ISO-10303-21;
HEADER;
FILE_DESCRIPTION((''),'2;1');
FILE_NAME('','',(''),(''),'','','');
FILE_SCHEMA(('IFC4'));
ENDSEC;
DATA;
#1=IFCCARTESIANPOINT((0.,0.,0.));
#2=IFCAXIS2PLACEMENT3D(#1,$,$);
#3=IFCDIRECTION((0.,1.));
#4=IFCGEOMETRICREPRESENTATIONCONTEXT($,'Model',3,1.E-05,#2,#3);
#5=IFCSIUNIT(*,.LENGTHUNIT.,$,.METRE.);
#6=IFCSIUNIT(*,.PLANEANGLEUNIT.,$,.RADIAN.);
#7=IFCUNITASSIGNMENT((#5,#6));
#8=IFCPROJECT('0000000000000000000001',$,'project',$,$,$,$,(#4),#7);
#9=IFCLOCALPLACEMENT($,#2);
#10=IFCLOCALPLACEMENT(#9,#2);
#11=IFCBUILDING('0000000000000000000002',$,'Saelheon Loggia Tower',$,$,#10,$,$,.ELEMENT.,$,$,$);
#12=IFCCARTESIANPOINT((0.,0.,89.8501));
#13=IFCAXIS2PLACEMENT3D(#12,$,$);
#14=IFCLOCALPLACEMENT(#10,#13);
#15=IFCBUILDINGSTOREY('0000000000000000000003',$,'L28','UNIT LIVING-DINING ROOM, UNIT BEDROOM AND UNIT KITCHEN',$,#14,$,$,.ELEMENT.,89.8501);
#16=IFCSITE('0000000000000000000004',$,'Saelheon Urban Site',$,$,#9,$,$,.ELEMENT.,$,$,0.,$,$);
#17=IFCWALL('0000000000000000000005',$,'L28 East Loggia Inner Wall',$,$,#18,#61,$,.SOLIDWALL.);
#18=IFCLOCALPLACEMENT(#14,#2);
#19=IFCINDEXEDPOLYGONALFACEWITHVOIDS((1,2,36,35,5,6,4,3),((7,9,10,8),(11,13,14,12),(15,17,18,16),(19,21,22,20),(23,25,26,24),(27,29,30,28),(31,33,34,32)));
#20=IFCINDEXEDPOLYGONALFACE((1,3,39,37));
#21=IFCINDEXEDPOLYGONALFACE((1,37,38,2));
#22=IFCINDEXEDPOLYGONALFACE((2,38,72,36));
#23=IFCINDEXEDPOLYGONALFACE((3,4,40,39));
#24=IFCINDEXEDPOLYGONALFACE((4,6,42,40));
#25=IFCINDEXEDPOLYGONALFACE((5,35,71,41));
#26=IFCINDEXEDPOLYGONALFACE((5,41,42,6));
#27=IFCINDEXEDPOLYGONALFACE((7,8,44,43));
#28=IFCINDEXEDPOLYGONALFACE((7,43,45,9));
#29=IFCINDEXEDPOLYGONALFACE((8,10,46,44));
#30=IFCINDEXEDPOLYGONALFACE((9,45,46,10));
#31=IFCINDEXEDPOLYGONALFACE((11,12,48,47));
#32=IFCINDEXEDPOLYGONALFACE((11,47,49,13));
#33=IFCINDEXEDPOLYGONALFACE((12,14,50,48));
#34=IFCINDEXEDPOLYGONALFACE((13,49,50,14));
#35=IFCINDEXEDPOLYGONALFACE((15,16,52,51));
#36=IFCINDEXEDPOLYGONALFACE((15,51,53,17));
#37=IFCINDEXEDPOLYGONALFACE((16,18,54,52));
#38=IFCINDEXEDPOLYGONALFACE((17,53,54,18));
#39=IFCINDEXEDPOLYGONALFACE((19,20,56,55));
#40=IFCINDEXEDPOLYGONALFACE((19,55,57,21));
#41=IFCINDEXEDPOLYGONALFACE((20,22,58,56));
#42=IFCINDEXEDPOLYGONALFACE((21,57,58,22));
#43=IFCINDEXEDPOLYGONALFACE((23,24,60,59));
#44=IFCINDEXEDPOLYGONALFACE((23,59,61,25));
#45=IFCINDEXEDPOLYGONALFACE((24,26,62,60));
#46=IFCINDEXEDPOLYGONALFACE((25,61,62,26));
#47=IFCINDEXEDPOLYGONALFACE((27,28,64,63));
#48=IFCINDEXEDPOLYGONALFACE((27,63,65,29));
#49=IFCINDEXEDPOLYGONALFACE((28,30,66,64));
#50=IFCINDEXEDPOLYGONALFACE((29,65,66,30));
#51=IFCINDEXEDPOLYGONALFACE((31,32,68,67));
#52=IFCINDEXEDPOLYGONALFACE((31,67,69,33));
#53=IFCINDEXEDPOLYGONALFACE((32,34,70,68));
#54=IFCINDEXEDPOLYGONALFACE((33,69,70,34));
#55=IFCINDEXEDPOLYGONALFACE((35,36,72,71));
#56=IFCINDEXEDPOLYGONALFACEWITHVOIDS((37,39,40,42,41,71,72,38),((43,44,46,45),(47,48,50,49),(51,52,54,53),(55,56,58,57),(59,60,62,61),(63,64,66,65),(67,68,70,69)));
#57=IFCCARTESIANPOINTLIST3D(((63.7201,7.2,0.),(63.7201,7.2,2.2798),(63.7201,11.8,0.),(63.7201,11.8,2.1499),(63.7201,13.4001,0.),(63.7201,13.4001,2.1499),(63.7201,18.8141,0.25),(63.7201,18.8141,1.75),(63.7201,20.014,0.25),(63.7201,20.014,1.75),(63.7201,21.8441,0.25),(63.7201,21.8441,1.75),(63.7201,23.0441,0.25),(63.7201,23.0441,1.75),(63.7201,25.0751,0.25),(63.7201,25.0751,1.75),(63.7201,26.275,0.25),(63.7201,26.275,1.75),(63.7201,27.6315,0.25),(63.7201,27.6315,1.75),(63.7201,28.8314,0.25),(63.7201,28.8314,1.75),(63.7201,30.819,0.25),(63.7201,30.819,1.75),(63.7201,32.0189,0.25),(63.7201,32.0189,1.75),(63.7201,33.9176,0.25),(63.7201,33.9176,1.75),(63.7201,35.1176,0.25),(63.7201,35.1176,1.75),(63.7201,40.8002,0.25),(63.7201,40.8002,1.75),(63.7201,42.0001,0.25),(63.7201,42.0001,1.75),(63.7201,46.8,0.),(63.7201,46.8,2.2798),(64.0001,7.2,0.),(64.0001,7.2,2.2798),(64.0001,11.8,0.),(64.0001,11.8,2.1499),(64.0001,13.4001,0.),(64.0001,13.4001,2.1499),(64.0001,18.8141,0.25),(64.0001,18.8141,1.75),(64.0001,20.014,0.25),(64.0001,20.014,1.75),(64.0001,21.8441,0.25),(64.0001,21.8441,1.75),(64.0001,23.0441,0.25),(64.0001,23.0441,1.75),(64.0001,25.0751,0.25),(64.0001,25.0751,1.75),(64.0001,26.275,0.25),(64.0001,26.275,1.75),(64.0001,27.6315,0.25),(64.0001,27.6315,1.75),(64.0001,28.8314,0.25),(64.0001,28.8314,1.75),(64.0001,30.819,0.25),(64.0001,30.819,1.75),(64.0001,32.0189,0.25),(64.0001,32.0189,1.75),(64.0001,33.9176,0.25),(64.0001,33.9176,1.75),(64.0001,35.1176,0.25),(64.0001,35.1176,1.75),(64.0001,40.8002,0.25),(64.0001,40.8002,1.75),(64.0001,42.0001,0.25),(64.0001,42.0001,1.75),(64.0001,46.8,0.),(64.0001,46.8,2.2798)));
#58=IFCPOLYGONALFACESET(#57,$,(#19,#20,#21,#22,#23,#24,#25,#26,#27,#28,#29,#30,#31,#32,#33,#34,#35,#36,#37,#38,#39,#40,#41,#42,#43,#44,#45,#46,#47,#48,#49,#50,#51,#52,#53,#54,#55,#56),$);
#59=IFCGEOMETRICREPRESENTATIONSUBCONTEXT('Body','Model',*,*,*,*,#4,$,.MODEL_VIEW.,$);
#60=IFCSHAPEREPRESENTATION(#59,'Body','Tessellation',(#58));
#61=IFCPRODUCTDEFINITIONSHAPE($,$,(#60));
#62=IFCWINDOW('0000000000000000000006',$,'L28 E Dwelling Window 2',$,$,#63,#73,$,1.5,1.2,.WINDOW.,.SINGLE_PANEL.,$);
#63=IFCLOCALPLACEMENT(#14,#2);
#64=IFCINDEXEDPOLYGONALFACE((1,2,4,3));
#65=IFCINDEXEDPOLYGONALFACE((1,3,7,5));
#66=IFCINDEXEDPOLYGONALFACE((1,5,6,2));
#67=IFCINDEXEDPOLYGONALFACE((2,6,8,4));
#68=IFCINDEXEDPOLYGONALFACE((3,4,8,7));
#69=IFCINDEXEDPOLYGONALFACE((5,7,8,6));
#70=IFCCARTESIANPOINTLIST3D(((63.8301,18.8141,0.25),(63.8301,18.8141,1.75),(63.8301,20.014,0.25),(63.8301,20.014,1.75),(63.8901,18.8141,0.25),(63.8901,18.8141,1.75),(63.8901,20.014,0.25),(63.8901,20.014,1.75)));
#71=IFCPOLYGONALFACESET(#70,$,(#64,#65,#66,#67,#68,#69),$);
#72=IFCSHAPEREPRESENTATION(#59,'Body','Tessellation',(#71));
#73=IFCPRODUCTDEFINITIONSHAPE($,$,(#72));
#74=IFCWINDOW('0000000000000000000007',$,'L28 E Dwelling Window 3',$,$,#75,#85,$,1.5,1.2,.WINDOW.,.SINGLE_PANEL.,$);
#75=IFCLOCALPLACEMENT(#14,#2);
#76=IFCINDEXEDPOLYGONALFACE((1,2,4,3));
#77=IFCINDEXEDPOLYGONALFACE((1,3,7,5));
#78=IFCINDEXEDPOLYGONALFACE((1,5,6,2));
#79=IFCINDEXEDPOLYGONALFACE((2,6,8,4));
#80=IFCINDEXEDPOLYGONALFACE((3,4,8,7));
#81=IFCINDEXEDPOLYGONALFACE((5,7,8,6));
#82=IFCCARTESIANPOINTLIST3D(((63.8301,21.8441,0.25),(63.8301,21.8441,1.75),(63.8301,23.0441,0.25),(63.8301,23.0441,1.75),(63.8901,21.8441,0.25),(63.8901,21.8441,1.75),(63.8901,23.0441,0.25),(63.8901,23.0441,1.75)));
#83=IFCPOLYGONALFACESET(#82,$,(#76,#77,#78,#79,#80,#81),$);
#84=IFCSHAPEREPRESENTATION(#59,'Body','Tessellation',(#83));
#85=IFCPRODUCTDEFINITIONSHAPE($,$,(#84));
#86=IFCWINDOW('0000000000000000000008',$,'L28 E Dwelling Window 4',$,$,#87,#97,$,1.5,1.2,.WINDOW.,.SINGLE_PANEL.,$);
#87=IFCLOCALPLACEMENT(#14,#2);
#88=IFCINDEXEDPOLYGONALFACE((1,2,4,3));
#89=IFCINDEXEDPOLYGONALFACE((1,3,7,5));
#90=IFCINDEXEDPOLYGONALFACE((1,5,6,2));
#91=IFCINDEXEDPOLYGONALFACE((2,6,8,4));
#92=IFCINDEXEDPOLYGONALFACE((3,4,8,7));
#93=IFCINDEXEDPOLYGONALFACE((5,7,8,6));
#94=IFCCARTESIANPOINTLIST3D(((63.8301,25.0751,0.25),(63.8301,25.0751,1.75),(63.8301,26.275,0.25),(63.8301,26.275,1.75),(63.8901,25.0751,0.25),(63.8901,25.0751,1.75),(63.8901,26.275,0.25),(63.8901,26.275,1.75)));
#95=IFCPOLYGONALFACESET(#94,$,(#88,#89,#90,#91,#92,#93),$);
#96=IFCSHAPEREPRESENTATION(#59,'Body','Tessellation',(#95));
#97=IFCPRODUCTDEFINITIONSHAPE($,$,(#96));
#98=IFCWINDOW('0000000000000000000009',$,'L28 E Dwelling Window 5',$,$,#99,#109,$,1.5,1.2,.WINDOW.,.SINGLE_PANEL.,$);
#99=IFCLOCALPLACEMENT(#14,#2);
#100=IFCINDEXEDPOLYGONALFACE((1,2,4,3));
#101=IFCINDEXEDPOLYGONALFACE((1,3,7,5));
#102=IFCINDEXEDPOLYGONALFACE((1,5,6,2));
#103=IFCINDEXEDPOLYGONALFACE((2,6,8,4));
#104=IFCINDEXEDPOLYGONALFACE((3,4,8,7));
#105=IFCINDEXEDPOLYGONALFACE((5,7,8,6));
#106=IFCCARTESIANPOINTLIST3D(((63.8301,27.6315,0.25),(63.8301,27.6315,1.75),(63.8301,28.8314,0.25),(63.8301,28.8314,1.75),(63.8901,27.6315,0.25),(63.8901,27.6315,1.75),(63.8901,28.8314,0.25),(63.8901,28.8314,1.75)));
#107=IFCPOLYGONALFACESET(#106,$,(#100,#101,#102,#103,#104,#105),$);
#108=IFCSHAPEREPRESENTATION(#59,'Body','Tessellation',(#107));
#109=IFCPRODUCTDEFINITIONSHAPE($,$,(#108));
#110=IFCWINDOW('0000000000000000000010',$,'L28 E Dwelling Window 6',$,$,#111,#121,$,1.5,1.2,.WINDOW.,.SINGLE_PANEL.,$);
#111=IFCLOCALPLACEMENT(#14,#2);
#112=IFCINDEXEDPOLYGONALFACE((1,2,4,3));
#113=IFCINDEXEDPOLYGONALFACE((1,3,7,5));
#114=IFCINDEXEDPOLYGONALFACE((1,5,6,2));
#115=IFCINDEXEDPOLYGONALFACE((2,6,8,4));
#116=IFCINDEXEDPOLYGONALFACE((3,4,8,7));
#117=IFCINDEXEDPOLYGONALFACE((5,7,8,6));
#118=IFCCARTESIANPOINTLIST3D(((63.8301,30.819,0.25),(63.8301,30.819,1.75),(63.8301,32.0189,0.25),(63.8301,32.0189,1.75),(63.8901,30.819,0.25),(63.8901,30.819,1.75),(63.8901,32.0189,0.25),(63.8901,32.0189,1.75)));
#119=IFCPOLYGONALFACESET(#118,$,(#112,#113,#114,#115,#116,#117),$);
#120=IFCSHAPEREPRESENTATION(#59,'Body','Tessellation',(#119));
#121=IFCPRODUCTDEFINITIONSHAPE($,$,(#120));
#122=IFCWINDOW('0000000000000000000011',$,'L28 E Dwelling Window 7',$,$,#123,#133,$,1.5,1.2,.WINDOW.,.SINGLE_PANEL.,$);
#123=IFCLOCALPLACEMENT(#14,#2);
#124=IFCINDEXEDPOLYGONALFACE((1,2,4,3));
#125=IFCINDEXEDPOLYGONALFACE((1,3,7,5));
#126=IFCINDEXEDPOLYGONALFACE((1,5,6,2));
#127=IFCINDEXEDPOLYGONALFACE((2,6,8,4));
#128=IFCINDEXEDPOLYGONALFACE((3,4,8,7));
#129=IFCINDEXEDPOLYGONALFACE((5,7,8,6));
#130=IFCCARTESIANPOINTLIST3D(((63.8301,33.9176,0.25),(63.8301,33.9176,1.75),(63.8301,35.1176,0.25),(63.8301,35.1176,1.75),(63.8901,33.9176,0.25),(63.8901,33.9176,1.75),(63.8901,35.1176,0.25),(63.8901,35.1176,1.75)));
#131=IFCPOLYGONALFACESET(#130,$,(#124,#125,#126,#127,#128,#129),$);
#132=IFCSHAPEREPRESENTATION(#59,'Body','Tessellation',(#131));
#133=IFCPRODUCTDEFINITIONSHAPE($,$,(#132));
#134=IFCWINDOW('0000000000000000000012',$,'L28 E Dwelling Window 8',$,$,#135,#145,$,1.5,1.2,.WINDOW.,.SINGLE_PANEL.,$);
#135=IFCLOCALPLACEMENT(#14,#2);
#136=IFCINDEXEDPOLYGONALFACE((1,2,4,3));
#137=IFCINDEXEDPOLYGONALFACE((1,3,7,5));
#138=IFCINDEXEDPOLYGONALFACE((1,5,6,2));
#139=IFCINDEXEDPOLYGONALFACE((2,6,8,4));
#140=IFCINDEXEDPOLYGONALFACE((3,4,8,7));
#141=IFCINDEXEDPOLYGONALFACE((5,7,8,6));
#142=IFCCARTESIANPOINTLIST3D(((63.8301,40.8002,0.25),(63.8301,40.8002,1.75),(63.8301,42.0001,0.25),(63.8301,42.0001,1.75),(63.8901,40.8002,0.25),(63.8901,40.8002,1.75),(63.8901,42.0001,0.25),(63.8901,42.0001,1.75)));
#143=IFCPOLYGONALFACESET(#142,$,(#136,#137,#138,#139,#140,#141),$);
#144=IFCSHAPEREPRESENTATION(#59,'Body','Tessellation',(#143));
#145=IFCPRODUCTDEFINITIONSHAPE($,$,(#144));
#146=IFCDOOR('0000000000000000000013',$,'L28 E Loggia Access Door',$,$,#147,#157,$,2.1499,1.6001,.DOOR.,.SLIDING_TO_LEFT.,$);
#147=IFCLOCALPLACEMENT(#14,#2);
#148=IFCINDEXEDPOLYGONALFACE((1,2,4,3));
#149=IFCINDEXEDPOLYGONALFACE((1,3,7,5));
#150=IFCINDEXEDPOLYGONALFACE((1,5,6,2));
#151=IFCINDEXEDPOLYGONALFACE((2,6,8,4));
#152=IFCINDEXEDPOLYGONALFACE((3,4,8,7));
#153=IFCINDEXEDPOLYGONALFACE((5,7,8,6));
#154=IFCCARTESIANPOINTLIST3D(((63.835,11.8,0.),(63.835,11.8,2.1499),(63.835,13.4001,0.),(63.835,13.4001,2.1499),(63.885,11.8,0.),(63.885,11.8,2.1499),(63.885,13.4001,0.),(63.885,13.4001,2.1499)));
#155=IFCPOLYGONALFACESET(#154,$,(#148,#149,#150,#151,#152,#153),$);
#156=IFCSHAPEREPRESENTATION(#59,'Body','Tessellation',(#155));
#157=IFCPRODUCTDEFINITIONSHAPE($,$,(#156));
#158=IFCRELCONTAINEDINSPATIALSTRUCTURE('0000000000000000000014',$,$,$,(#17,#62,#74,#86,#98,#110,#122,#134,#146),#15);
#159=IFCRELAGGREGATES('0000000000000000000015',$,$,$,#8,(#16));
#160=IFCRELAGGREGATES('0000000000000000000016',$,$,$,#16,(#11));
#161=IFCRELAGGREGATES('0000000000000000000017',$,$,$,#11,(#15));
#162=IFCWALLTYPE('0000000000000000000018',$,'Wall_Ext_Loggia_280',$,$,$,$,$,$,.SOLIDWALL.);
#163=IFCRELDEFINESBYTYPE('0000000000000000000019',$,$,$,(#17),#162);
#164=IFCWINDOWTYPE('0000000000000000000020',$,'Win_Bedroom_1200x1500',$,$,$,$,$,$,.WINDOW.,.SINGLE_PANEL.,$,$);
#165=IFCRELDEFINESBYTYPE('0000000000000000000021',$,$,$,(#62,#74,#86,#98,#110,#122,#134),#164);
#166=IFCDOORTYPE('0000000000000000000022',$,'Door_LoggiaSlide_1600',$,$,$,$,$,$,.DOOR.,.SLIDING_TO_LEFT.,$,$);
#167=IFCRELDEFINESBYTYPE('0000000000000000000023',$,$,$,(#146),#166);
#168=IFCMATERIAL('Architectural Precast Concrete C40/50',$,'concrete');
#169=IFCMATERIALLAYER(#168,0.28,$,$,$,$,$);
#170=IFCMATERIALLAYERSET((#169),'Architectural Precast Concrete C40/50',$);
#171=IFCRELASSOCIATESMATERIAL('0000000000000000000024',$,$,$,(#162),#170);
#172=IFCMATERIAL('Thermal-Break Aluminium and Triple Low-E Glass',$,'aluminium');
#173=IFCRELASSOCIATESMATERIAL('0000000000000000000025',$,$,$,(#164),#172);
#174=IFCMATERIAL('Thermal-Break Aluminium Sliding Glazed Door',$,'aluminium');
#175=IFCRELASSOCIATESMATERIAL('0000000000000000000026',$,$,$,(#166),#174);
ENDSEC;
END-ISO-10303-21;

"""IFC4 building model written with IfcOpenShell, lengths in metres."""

from ifc_helpers import new_model, si_unit, direction, frame, frame_2d, origin, place, context, subcontext, project, spatial, rectangle, extrude, source, transform, mapped, material, layer, layer_set, type_object, element, fill, save


model = new_model("IFC4")

# Units and contexts
model_context = context("Model", 3, precision=1e-05, world=origin(), true_north=direction((0.0, 1.0)))
body_context = subcontext(model_context, "Body", "Model", "MODEL_VIEW")
ifc_project = project(units=[si_unit("LENGTHUNIT", "METRE"), si_unit("PLANEANGLEUNIT", "RADIAN")], contexts=[model_context])

# Site, building, storey
site_placement = place(None, origin())
site = spatial("IfcSite", under=ifc_project, at=site_placement, Name="Saelheon Urban Site", CompositionType="ELEMENT", RefElevation=0.0)
building_placement = place(site_placement, origin())
building = spatial("IfcBuilding", under=site, at=building_placement, Name="Saelheon Loggia Tower", CompositionType="ELEMENT")
storey_placement = place(building_placement, frame((0.0, 0.0, 89.8501)))
storey = spatial("IfcBuildingStorey", under=building, at=storey_placement, Name="L28", Description="UNIT LIVING-DINING ROOM, UNIT BEDROOM AND UNIT KITCHEN", CompositionType="ELEMENT", Elevation=89.8501)

# Shared definitions
ifc_material_1 = material(Name="Thermal-Break Aluminium and Triple Low-E Glass", Category="aluminium")

# Wall, openings, windows, door
ifc_material_2 = material(Name="Architectural Precast Concrete C40/50", Category="concrete")
ifc_layer_1 = layer(ifc_material_2, 0.28)
ifc_layer_set_1 = layer_set([ifc_layer_1], Name="Architectural Precast Concrete C40/50")
wall_type_1 = type_object("IfcWallType", Name="Wall_Ext_Loggia_280", PredefinedType="SOLIDWALL", material=ifc_layer_set_1)
wall_1_placement = place(storey_placement, frame((63.8601, 7.2, 0.0), z_axis=(0.0, 0.0, 1.0), x_axis=(0.0, 1.0, 0.0)))
wall_1 = element("IfcWall", 1, at=wall_1_placement, inside=storey, type_object=wall_type_1, Name="L28 East Loggia Inner Wall", PredefinedType="SOLIDWALL", context=body_context, shape_type="SweptSolid", body=[
    extrude(rectangle(XDim=39.6001, YDim=0.28, at=frame_2d((19.8, 0.0))), origin(), (0.0, 0.0, 1.0), 2.2798),
])
opening_1_placement = place(wall_1_placement, frame((6.2002, 0.0, 0.0), z_axis=(0.0, 0.0, 1.0), x_axis=(-1.0, 0.0, 0.0)))
opening_1 = element("IfcOpeningElement", 2, at=opening_1_placement, cuts=wall_1, PredefinedType="OPENING", context=body_context, shape_type="SweptSolid", body=[
    extrude(rectangle(XDim=1.6001, YDim=2.1499, at=frame_2d((0.8, 1.075))), frame((0.0, 0.1521, 0.0), z_axis=(0.0, -1.0, 0.0), x_axis=(1.0, 0.0, 0.0)), (0.0, 0.0, 1.0), 0.304),
])
opening_2_placement = place(wall_1_placement, frame((11.614, 0.0, 0.25)))
opening_2 = element("IfcOpeningElement", 3, at=opening_2_placement, cuts=wall_1, PredefinedType="OPENING", context=body_context, shape_type="SweptSolid", body=[
    extrude(rectangle(XDim=1.2, YDim=1.5, at=frame_2d((0.6001, 0.75))), frame((0.0, 0.1521, 0.0), z_axis=(0.0, -1.0, 0.0), x_axis=(1.0, 0.0, 0.0)), (0.0, 0.0, 1.0), 0.304),
])
opening_3_placement = place(wall_1_placement, frame((14.644, 0.0, 0.25)))
opening_3 = element("IfcOpeningElement", 4, at=opening_3_placement, cuts=wall_1, PredefinedType="OPENING", context=body_context, shape_type="SweptSolid", body=[
    extrude(rectangle(XDim=1.2, YDim=1.5, at=frame_2d((0.6001, 0.75))), frame((0.0, 0.1521, 0.0), z_axis=(0.0, -1.0, 0.0), x_axis=(1.0, 0.0, 0.0)), (0.0, 0.0, 1.0), 0.304),
])
opening_4_placement = place(wall_1_placement, frame((17.875, 0.0, 0.25)))
opening_4 = element("IfcOpeningElement", 5, at=opening_4_placement, cuts=wall_1, PredefinedType="OPENING", context=body_context, shape_type="SweptSolid", body=[
    extrude(rectangle(XDim=1.2, YDim=1.5, at=frame_2d((0.6001, 0.75))), frame((0.0, 0.1521, 0.0), z_axis=(0.0, -1.0, 0.0), x_axis=(1.0, 0.0, 0.0)), (0.0, 0.0, 1.0), 0.304),
])
opening_5_placement = place(wall_1_placement, frame((20.4314, 0.0, 0.25)))
opening_5 = element("IfcOpeningElement", 6, at=opening_5_placement, cuts=wall_1, PredefinedType="OPENING", context=body_context, shape_type="SweptSolid", body=[
    extrude(rectangle(XDim=1.2, YDim=1.5, at=frame_2d((0.6001, 0.75))), frame((0.0, 0.1521, 0.0), z_axis=(0.0, -1.0, 0.0), x_axis=(1.0, 0.0, 0.0)), (0.0, 0.0, 1.0), 0.304),
])
opening_6_placement = place(wall_1_placement, frame((23.6189, 0.0, 0.25)))
opening_6 = element("IfcOpeningElement", 7, at=opening_6_placement, cuts=wall_1, PredefinedType="OPENING", context=body_context, shape_type="SweptSolid", body=[
    extrude(rectangle(XDim=1.2, YDim=1.5, at=frame_2d((0.6001, 0.75))), frame((0.0, 0.1521, 0.0), z_axis=(0.0, -1.0, 0.0), x_axis=(1.0, 0.0, 0.0)), (0.0, 0.0, 1.0), 0.304),
])
opening_7_placement = place(wall_1_placement, frame((26.7175, 0.0, 0.25)))
opening_7 = element("IfcOpeningElement", 8, at=opening_7_placement, cuts=wall_1, PredefinedType="OPENING", context=body_context, shape_type="SweptSolid", body=[
    extrude(rectangle(XDim=1.2, YDim=1.5, at=frame_2d((0.6001, 0.75))), frame((0.0, 0.1521, 0.0), z_axis=(0.0, -1.0, 0.0), x_axis=(1.0, 0.0, 0.0)), (0.0, 0.0, 1.0), 0.304),
])
opening_8_placement = place(wall_1_placement, frame((33.6001, 0.0, 0.25)))
opening_8 = element("IfcOpeningElement", 9, at=opening_8_placement, cuts=wall_1, PredefinedType="OPENING", context=body_context, shape_type="SweptSolid", body=[
    extrude(rectangle(XDim=1.2, YDim=1.5, at=frame_2d((0.6001, 0.75))), frame((0.0, 0.1521, 0.0), z_axis=(0.0, -1.0, 0.0), x_axis=(1.0, 0.0, 0.0)), (0.0, 0.0, 1.0), 0.304),
])
window_type = type_object("IfcWindowType", Name="Win_Bedroom_1200x1500", PartitioningType="SINGLE_PANEL", PredefinedType="WINDOW", material=ifc_material_1)
shared_shape_1 = source(origin(), body_context, "Body", "SweptSolid", [
    extrude(rectangle(XDim=1.2, YDim=1.5, at=frame_2d((0.6001, 0.75))), frame((0.0, 0.03, 0.0), z_axis=(0.0, -1.0, 0.0), x_axis=(1.0, 0.0, 0.0)), (0.0, 0.0, 1.0), 0.0601),
])
window_1_placement = place(opening_2_placement, origin())
window_1 = element("IfcWindow", 10, at=window_1_placement, inside=storey, type_object=window_type, Name="L28 E Dwelling Window 2", OverallHeight=1.5, OverallWidth=1.2, PartitioningType="SINGLE_PANEL", PredefinedType="WINDOW", context=body_context, shape_type="MappedRepresentation", body=[
    mapped(shared_shape_1, transform((0.0, 0.0, 0.0), scale=1.0)),
])
fill(opening_2, window_1)
window_2_placement = place(opening_3_placement, origin())
window_2 = element("IfcWindow", 11, at=window_2_placement, inside=storey, type_object=window_type, Name="L28 E Dwelling Window 3", OverallHeight=1.5, OverallWidth=1.2, PartitioningType="SINGLE_PANEL", PredefinedType="WINDOW", context=body_context, shape_type="MappedRepresentation", body=[
    mapped(shared_shape_1, transform((0.0, 0.0, 0.0), scale=1.0)),
])
fill(opening_3, window_2)
window_3_placement = place(opening_4_placement, origin())
window_3 = element("IfcWindow", 12, at=window_3_placement, inside=storey, type_object=window_type, Name="L28 E Dwelling Window 4", OverallHeight=1.5, OverallWidth=1.2, PartitioningType="SINGLE_PANEL", PredefinedType="WINDOW", context=body_context, shape_type="MappedRepresentation", body=[
    mapped(shared_shape_1, transform((0.0, 0.0, 0.0), scale=1.0)),
])
fill(opening_4, window_3)
window_4_placement = place(opening_5_placement, origin())
window_4 = element("IfcWindow", 13, at=window_4_placement, inside=storey, type_object=window_type, Name="L28 E Dwelling Window 5", OverallHeight=1.5, OverallWidth=1.2, PartitioningType="SINGLE_PANEL", PredefinedType="WINDOW", context=body_context, shape_type="MappedRepresentation", body=[
    mapped(shared_shape_1, transform((0.0, 0.0, 0.0), scale=1.0)),
])
fill(opening_5, window_4)
window_5_placement = place(opening_6_placement, origin())
window_5 = element("IfcWindow", 14, at=window_5_placement, inside=storey, type_object=window_type, Name="L28 E Dwelling Window 6", OverallHeight=1.5, OverallWidth=1.2, PartitioningType="SINGLE_PANEL", PredefinedType="WINDOW", context=body_context, shape_type="MappedRepresentation", body=[
    mapped(shared_shape_1, transform((0.0, 0.0, 0.0), scale=1.0)),
])
fill(opening_6, window_5)
window_6_placement = place(opening_7_placement, origin())
window_6 = element("IfcWindow", 15, at=window_6_placement, inside=storey, type_object=window_type, Name="L28 E Dwelling Window 7", OverallHeight=1.5, OverallWidth=1.2, PartitioningType="SINGLE_PANEL", PredefinedType="WINDOW", context=body_context, shape_type="MappedRepresentation", body=[
    mapped(shared_shape_1, transform((0.0, 0.0, 0.0), scale=1.0)),
])
fill(opening_7, window_6)
window_7_placement = place(opening_8_placement, origin())
window_7 = element("IfcWindow", 16, at=window_7_placement, inside=storey, type_object=window_type, Name="L28 E Dwelling Window 8", OverallHeight=1.5, OverallWidth=1.2, PartitioningType="SINGLE_PANEL", PredefinedType="WINDOW", context=body_context, shape_type="MappedRepresentation", body=[
    mapped(shared_shape_1, transform((0.0, 0.0, 0.0), scale=1.0)),
])
fill(opening_8, window_7)
ifc_material_3 = material(Name="Thermal-Break Aluminium Sliding Glazed Door", Category="aluminium")
door_type_1 = type_object("IfcDoorType", Name="Door_LoggiaSlide_1600", OperationType="SLIDING_TO_LEFT", PredefinedType="DOOR", material=ifc_material_3)
shared_shape_2 = source(origin(), body_context, "Body", "SweptSolid", [
    extrude(rectangle(XDim=1.6001, YDim=2.1499, at=frame_2d((0.8, 1.075))), frame((0.0, 0.0249, 0.0), z_axis=(0.0, -1.0, 0.0), x_axis=(1.0, 0.0, 0.0)), (0.0, 0.0, 1.0), 0.05),
])
door_1_placement = place(opening_1_placement, origin())
door_1 = element("IfcDoor", 17, at=door_1_placement, inside=storey, type_object=door_type_1, Name="L28 E Loggia Access Door", OperationType="SLIDING_TO_LEFT", OverallHeight=2.1499, OverallWidth=1.6001, PredefinedType="DOOR", context=body_context, shape_type="MappedRepresentation", body=[
    mapped(shared_shape_2, transform((0.0, 0.0, 0.0), scale=1.0)),
])
fill(opening_1, door_1)

save(model, "model.ifc")
